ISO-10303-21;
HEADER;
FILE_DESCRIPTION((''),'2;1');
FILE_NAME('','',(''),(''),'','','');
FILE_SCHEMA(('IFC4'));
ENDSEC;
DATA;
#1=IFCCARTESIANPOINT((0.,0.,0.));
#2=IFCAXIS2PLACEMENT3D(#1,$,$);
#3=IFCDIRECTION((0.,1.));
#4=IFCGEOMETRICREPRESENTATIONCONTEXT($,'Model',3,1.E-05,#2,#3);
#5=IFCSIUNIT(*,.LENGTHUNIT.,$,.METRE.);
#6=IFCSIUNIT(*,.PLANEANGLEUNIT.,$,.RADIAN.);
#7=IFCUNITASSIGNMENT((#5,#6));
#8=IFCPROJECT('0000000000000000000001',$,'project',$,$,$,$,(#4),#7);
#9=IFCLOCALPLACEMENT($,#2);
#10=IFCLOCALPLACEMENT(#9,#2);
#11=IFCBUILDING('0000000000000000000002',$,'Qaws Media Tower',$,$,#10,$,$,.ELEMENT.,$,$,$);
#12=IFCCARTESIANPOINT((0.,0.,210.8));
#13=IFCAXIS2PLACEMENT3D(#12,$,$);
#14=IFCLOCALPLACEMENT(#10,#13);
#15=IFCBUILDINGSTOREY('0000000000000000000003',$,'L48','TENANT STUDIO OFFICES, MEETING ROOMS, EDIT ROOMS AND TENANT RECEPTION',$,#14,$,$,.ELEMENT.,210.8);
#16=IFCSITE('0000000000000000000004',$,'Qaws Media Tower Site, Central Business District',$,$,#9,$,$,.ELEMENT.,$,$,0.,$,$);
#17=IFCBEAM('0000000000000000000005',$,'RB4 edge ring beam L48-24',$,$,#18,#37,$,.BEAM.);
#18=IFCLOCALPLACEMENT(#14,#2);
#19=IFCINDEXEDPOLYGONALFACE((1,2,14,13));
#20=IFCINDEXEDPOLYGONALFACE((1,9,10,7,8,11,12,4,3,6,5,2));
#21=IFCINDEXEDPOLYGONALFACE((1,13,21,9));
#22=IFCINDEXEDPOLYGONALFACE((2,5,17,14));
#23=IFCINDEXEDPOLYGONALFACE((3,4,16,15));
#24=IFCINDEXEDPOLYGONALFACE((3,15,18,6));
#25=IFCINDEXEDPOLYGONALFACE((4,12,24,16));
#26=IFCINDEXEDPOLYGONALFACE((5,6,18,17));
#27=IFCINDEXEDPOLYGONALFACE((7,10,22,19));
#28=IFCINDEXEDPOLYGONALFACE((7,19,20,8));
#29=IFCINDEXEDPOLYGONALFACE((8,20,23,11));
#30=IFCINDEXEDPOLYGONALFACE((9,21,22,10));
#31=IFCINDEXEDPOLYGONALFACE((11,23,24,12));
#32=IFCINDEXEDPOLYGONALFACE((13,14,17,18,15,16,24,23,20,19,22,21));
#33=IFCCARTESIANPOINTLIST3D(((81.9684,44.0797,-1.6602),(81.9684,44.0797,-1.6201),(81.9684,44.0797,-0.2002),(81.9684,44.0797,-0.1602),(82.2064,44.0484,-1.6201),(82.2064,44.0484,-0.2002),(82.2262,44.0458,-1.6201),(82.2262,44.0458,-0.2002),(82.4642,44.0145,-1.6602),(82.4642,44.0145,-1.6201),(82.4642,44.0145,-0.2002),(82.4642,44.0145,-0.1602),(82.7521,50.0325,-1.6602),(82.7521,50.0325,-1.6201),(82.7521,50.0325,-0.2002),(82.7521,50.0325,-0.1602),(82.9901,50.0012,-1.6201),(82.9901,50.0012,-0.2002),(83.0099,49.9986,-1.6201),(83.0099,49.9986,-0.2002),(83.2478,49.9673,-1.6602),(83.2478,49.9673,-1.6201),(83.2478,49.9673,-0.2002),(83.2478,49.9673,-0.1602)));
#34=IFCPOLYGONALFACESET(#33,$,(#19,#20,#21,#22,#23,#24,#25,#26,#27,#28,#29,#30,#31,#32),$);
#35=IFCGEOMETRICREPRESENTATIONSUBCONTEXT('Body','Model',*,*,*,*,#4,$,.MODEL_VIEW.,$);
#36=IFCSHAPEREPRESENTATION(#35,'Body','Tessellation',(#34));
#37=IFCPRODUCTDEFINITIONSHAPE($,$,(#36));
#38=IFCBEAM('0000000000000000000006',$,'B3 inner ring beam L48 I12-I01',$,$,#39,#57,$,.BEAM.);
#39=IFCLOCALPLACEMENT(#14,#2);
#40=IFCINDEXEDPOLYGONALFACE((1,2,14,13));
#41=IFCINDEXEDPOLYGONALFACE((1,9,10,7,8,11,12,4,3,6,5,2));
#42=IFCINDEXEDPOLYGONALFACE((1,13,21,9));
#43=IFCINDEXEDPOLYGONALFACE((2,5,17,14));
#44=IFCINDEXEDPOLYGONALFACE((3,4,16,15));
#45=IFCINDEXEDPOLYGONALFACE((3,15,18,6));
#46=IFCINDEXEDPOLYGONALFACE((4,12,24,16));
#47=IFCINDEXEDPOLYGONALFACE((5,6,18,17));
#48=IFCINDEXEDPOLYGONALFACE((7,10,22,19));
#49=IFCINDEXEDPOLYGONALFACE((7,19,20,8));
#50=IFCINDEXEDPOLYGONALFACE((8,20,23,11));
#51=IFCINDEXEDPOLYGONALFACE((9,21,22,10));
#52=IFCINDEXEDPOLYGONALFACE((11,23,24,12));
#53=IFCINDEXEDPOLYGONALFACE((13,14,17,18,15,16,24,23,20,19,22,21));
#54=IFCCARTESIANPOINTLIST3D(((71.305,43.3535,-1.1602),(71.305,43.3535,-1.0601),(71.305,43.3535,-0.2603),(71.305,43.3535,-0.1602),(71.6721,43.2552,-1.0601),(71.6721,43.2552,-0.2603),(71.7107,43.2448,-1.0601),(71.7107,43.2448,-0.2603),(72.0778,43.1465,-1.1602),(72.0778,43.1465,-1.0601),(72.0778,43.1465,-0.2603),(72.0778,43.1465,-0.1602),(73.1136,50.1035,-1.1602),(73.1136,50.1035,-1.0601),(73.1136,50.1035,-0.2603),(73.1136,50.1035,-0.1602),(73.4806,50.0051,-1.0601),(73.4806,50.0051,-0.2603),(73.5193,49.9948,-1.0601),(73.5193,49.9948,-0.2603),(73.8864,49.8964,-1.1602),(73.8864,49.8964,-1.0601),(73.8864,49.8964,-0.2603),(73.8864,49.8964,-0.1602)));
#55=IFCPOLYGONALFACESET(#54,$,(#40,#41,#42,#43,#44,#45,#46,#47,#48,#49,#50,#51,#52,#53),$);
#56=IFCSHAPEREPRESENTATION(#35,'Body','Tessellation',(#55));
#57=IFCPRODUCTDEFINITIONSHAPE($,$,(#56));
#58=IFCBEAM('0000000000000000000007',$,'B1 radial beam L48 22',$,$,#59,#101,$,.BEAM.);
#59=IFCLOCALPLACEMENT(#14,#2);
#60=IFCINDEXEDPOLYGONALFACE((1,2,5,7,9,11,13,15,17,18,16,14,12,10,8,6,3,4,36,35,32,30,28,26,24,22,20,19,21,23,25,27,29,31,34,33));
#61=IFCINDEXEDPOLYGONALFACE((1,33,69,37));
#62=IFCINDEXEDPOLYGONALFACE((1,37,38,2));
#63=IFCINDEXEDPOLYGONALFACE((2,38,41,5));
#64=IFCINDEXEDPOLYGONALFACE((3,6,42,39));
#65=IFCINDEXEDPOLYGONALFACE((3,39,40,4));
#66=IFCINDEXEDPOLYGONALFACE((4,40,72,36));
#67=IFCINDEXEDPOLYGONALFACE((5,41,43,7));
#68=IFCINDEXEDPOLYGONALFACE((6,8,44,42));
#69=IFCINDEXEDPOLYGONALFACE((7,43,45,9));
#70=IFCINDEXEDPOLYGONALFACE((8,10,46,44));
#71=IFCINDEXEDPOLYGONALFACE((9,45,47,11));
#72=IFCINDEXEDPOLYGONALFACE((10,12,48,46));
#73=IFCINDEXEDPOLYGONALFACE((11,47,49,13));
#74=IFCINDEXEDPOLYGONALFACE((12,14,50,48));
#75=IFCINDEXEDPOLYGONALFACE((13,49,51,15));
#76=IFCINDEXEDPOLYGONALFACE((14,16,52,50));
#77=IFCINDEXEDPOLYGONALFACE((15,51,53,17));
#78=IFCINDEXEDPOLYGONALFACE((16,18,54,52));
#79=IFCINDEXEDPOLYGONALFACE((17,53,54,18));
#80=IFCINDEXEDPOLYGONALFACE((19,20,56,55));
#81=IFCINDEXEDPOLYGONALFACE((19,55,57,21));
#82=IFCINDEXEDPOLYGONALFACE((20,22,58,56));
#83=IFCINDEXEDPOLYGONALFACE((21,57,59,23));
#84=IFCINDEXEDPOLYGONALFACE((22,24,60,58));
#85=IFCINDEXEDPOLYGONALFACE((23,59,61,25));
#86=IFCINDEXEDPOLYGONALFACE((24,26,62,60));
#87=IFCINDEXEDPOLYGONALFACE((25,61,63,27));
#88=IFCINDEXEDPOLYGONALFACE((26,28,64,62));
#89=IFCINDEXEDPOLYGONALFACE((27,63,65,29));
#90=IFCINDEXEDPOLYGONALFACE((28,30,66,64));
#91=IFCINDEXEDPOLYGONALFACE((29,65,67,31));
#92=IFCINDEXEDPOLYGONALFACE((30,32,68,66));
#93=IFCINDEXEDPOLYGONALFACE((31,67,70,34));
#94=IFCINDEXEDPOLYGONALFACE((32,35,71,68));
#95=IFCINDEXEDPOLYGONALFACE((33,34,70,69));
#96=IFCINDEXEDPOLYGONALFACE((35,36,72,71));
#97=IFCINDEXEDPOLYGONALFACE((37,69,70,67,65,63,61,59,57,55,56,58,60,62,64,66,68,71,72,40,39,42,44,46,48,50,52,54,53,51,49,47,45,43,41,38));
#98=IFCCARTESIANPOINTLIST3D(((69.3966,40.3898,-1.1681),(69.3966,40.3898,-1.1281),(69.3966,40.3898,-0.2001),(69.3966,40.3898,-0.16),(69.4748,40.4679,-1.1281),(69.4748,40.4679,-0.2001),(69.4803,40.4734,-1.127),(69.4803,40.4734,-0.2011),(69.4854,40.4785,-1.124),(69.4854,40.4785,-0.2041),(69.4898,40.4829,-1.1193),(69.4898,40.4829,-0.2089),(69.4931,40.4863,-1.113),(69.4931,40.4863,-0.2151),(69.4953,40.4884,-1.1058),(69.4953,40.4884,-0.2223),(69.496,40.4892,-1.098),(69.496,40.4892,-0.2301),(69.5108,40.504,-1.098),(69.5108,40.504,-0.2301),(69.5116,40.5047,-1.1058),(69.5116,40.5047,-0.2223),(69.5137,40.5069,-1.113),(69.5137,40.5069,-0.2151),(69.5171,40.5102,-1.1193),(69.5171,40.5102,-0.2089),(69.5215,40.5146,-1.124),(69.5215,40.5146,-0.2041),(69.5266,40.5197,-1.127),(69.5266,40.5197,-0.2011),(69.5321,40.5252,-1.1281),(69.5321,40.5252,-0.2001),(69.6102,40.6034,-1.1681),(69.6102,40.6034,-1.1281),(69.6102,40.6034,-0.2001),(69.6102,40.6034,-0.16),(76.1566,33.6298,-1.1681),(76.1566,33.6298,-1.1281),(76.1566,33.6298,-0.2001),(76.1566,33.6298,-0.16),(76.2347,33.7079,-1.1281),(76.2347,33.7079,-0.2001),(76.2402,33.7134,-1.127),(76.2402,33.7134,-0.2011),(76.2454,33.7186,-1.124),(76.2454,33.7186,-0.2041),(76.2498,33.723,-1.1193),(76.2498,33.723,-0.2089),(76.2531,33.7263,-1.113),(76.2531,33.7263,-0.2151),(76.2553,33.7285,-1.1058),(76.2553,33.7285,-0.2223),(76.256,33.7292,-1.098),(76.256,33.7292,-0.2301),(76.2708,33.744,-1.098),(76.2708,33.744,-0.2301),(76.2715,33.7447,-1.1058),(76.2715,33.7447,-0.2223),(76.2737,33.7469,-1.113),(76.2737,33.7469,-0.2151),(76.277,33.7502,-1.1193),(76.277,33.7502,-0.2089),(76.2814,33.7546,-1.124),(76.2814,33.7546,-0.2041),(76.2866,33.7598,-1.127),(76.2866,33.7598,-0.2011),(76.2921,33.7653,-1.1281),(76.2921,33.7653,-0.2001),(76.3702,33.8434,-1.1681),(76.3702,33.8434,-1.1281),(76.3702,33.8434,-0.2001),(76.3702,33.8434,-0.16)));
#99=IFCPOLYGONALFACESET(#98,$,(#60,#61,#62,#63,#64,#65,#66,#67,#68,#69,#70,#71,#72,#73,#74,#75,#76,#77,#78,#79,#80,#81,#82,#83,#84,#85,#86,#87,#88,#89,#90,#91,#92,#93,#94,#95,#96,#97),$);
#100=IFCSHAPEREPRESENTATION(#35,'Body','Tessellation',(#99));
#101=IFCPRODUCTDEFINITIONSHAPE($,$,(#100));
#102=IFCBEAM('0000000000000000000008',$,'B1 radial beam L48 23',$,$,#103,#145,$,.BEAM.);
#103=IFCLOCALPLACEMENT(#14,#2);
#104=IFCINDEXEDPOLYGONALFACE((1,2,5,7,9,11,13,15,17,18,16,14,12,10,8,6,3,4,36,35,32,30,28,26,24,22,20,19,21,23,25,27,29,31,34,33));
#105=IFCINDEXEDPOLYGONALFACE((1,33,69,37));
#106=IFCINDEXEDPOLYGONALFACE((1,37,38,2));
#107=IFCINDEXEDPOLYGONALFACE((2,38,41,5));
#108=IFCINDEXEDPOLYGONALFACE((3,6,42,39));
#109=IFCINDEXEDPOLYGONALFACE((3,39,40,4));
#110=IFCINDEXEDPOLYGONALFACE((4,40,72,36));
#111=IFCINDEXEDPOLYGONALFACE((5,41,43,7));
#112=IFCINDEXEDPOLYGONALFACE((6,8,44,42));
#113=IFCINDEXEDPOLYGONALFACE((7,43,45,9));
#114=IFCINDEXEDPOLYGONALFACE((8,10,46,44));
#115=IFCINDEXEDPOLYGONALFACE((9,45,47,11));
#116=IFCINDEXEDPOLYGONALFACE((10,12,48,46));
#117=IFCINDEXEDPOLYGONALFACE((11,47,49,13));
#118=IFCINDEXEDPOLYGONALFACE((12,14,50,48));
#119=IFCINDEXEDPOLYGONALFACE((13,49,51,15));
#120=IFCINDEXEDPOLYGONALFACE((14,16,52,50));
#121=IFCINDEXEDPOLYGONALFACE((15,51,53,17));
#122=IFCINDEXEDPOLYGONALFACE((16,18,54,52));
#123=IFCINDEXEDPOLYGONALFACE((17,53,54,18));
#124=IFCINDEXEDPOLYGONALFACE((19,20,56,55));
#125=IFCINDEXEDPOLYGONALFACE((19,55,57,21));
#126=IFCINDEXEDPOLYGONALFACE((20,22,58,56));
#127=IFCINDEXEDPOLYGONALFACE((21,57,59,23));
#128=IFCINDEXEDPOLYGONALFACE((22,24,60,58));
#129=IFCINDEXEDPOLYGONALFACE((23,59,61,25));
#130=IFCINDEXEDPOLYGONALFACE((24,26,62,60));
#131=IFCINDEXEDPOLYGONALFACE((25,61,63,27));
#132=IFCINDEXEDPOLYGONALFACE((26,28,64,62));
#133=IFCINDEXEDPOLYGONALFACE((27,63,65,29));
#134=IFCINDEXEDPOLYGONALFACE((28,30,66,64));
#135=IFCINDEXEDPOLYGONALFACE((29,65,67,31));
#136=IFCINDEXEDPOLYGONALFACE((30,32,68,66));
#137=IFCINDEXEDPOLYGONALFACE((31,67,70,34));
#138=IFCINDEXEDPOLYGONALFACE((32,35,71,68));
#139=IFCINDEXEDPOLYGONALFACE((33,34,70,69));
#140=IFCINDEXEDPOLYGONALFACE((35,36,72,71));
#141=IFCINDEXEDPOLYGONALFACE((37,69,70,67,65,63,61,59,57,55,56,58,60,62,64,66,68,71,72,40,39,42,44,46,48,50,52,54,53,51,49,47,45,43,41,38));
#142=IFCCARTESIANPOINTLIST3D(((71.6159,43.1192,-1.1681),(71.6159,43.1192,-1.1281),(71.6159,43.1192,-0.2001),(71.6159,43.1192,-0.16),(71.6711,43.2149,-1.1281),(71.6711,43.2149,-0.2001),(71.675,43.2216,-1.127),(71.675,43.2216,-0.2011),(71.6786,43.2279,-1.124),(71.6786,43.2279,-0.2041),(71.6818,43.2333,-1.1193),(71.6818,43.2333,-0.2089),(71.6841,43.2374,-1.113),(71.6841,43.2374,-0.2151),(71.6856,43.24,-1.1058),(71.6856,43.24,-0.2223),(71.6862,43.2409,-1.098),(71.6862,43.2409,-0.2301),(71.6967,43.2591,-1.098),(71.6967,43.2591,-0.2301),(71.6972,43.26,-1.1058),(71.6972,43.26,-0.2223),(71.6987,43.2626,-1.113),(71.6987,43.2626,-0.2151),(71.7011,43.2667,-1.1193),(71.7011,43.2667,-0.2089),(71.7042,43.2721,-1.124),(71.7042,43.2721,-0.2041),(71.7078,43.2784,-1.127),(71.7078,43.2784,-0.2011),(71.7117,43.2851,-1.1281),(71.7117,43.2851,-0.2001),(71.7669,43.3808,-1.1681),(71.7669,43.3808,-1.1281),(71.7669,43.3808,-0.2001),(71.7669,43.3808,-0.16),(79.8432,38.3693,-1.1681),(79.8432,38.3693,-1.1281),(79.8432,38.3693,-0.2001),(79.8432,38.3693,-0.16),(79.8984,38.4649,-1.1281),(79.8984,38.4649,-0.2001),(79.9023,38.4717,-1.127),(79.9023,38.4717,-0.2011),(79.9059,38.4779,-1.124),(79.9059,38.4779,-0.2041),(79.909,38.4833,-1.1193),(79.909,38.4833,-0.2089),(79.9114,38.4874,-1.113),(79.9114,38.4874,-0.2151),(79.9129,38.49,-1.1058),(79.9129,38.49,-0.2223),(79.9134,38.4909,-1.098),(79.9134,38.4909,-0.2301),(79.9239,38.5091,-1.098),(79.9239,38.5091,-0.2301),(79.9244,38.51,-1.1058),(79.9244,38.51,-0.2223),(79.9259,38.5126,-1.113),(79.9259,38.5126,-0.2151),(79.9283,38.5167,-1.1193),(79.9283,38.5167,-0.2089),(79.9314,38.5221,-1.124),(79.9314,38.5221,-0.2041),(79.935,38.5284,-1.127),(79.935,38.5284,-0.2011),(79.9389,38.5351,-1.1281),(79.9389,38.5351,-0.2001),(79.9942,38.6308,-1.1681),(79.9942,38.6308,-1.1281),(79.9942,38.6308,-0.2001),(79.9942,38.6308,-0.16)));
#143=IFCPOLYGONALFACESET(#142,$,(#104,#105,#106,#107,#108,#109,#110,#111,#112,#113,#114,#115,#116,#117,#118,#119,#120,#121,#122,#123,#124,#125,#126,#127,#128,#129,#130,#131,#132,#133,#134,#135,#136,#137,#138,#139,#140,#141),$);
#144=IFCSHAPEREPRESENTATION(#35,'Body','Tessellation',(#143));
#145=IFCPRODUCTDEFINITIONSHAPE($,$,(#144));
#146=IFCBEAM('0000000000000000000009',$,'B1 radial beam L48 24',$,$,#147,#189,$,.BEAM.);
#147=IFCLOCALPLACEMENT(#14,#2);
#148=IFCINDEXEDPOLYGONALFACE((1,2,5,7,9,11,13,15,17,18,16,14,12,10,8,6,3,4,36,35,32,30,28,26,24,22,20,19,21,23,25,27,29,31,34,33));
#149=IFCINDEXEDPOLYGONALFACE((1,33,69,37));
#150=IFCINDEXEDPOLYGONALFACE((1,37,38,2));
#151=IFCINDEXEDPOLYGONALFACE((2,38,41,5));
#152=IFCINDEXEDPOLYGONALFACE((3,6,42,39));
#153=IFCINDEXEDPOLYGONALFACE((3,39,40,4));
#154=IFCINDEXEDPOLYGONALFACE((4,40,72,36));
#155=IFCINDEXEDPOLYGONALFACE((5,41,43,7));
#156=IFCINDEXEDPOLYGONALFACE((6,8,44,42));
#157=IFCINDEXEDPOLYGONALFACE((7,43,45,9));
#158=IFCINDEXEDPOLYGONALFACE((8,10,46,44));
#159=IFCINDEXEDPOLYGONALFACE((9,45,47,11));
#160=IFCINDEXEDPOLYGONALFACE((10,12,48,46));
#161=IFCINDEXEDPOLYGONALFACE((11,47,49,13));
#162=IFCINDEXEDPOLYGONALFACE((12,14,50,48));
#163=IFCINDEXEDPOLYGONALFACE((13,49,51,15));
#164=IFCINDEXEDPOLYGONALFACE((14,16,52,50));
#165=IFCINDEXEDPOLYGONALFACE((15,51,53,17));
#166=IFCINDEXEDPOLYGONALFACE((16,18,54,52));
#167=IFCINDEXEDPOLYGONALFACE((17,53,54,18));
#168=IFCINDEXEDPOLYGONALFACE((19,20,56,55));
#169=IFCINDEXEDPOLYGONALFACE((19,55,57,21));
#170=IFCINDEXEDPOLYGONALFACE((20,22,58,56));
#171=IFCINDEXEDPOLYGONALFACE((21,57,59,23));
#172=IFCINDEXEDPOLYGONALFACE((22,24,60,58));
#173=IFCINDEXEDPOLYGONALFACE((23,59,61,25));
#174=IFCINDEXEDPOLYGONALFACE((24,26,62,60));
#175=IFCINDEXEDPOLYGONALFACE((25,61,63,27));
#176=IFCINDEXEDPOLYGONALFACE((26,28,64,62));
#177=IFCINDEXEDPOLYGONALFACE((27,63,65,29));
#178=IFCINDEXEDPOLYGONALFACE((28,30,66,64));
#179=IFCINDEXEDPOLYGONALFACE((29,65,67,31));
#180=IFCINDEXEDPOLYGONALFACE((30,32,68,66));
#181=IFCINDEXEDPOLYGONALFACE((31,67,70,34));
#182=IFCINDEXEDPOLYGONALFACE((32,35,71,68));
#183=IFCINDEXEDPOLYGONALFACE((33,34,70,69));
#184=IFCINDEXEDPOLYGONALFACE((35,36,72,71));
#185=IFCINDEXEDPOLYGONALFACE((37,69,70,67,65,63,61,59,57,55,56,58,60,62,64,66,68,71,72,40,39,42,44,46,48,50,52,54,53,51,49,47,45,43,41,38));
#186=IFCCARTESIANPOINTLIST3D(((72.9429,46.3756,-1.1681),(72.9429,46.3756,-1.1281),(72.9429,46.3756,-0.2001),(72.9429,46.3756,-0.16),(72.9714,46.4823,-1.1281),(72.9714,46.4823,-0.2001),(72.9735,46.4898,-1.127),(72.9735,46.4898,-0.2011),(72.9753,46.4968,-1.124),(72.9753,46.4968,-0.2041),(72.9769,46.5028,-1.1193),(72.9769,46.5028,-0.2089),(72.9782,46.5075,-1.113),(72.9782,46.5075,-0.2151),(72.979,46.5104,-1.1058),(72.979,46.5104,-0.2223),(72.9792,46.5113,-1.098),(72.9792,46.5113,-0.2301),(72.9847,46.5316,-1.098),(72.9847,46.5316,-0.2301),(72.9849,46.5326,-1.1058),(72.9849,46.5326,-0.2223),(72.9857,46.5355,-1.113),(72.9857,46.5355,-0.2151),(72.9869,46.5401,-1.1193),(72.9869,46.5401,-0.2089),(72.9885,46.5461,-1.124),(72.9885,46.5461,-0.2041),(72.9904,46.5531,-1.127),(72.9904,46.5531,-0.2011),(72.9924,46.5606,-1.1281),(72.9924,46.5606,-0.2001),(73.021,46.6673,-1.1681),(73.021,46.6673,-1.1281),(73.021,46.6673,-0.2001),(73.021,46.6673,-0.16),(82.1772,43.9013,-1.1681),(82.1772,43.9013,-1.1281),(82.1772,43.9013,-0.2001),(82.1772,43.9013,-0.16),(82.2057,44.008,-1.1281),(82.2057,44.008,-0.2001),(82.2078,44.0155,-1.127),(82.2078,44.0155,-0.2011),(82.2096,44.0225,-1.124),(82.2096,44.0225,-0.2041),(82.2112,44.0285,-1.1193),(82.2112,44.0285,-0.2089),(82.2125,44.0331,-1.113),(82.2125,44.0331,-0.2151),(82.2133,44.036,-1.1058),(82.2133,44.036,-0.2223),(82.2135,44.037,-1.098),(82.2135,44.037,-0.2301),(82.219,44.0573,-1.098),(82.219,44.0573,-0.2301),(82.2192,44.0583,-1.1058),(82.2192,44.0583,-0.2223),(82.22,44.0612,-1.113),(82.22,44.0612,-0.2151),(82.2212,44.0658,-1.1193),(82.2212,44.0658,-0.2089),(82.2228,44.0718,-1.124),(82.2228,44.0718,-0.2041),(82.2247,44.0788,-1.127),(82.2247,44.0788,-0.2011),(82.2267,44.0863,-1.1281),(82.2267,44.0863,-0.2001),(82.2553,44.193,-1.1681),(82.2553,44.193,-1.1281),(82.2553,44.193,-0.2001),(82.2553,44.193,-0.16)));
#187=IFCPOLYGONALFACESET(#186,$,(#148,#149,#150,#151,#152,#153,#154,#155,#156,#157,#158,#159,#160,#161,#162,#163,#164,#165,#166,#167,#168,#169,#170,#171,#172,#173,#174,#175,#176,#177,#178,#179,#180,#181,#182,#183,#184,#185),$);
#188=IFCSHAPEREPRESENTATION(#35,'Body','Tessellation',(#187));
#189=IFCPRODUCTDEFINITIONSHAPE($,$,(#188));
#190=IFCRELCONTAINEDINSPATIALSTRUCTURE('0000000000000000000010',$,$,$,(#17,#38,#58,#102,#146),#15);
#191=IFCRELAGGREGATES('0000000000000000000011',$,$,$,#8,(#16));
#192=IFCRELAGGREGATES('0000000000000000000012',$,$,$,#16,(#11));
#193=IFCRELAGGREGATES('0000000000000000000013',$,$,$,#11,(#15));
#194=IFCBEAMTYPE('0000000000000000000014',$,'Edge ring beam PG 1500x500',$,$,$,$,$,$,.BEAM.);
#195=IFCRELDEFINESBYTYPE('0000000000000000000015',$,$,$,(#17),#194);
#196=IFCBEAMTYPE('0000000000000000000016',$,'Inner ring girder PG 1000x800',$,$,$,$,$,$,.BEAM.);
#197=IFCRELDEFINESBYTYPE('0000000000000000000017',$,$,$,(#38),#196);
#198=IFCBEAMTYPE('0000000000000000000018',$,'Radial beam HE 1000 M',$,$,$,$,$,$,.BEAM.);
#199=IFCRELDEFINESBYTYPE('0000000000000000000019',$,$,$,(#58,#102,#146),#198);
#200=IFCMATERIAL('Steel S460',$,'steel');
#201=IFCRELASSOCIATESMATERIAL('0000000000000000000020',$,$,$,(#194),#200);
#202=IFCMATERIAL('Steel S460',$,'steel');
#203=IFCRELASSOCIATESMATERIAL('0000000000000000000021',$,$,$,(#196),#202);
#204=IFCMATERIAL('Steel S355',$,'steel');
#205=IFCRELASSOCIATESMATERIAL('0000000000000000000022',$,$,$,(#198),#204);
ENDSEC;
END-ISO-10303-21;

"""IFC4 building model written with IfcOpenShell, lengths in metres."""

from ifc_helpers import new_model, si_unit, direction, frame, origin, origin_2d, place, context, subcontext, project, spatial, i_section, extrude, material, material_profile, profile_set, type_object, element, save


model = new_model("IFC4")

# Units and contexts
model_context = context("Model", 3, precision=1e-05, world=origin(), true_north=direction((0.0, 1.0)))
body_context = subcontext(model_context, "Body", "Model", "MODEL_VIEW")
ifc_project = project(units=[si_unit("LENGTHUNIT", "METRE"), si_unit("PLANEANGLEUNIT", "RADIAN")], contexts=[model_context])

# Site, building, storey
site_placement = place(None, origin())
site = spatial("IfcSite", under=ifc_project, at=site_placement, Name="Qaws Media Tower Site, Central Business District", CompositionType="ELEMENT", RefElevation=0.0)
building_placement = place(site_placement, origin())
building = spatial("IfcBuilding", under=site, at=building_placement, Name="Qaws Media Tower", CompositionType="ELEMENT")
storey_placement = place(building_placement, frame((0.0, 0.0, 210.8)))
storey = spatial("IfcBuildingStorey", under=building, at=storey_placement, Name="L48", Description="TENANT STUDIO OFFICES, MEETING ROOMS, EDIT ROOMS AND TENANT RECEPTION", CompositionType="ELEMENT", Elevation=210.8)

# Beams
ifc_material_1 = material(Name="Steel S460", Category="steel")
ifc_material_profile_1 = material_profile(ifc_material_1, i_section(OverallWidth=0.5, OverallDepth=1.5, WebThickness=0.02, FlangeThickness=0.04, at=origin_2d()), Name="PG 1500x500")
ifc_profile_set_1 = profile_set([ifc_material_profile_1], Name="Steel S460")
beam_type_1 = type_object("IfcBeamType", Name="Edge ring beam PG 1500x500", PredefinedType="BEAM", material=ifc_profile_set_1)
beam_1_placement = place(storey_placement, frame((82.2163, 44.0471, -0.9102), z_axis=(0.130523, 0.991445, 0.0), x_axis=(-0.991445, 0.130523, 0.0)))
element("IfcBeam", 1, at=beam_1_placement, inside=storey, type_object=beam_type_1, Name="RB4 edge ring beam L48-24", PredefinedType="BEAM", context=body_context, shape_type="SweptSolid", body=[
    extrude(i_section(OverallWidth=0.5, OverallDepth=1.5, WebThickness=0.02, FlangeThickness=0.04, at=origin_2d()), origin(), (0.0, 0.0, 1.0), 6.0042),
])
ifc_material_2 = material(Name="Steel S460", Category="steel")
ifc_material_profile_2 = material_profile(ifc_material_2, i_section(OverallWidth=0.8, OverallDepth=1.0, WebThickness=0.04, FlangeThickness=0.1001, at=origin_2d()), Name="PG 1000x800")
ifc_profile_set_2 = profile_set([ifc_material_profile_2], Name="Steel S460")
beam_type_2 = type_object("IfcBeamType", Name="Inner ring girder PG 1000x800", PredefinedType="BEAM", material=ifc_profile_set_2)
beam_2_placement = place(storey_placement, frame((71.6914, 43.25, -0.6602), z_axis=(0.258811, 0.965928, 0.0), x_axis=(-0.965928, 0.258811, 0.0)))
element("IfcBeam", 2, at=beam_2_placement, inside=storey, type_object=beam_type_2, Name="B3 inner ring beam L48 I12-I01", PredefinedType="BEAM", context=body_context, shape_type="SweptSolid", body=[
    extrude(i_section(OverallWidth=0.8, OverallDepth=1.0, WebThickness=0.04, FlangeThickness=0.1001, at=origin_2d()), origin(), (0.0, 0.0, 1.0), 6.988),
])
ifc_material_3 = material(Name="Steel S355", Category="steel")
ifc_material_profile_3 = material_profile(ifc_material_3, i_section(OverallWidth=0.302, OverallDepth=1.0081, WebThickness=0.021, FlangeThickness=0.04, FilletRadius=0.03, at=origin_2d()), Name="HE 1000 M")
ifc_profile_set_3 = profile_set([ifc_material_profile_3], Name="Steel S355")
beam_type_3 = type_object("IfcBeamType", Name="Radial beam HE 1000 M", PredefinedType="BEAM", material=ifc_profile_set_3)
beam_3_placement = place(storey_placement, frame((69.5034, 40.4966, -0.6641), z_axis=(0.707107, -0.707107, 0.0), x_axis=(0.707107, 0.707107, 0.0)))
element("IfcBeam", 3, at=beam_3_placement, inside=storey, type_object=beam_type_3, Name="B1 radial beam L48 22", PredefinedType="BEAM", context=body_context, shape_type="SweptSolid", body=[
    extrude(i_section(OverallWidth=0.302, OverallDepth=1.0081, WebThickness=0.021, FlangeThickness=0.04, FilletRadius=0.03, at=origin_2d()), origin(), (0.0, 0.0, 1.0), 9.5601),
])
beam_4_placement = place(storey_placement, frame((71.6914, 43.25, -0.6641), z_axis=(0.866027, -0.499998, 0.0), x_axis=(0.499998, 0.866027, 0.0)))
element("IfcBeam", 4, at=beam_4_placement, inside=storey, type_object=beam_type_3, Name="B1 radial beam L48 23", PredefinedType="BEAM", context=body_context, shape_type="SweptSolid", body=[
    extrude(i_section(OverallWidth=0.302, OverallDepth=1.0081, WebThickness=0.021, FlangeThickness=0.04, FilletRadius=0.03, at=origin_2d()), origin(), (0.0, 0.0, 1.0), 9.5),
])
beam_5_placement = place(storey_placement, frame((72.9819, 46.5215, -0.6641), z_axis=(0.965925, -0.258821, 0.0), x_axis=(0.258821, 0.965925, 0.0)))
element("IfcBeam", 5, at=beam_5_placement, inside=storey, type_object=beam_type_3, Name="B1 radial beam L48 24", PredefinedType="BEAM", context=body_context, shape_type="SweptSolid", body=[
    extrude(i_section(OverallWidth=0.302, OverallDepth=1.0081, WebThickness=0.021, FlangeThickness=0.04, FilletRadius=0.03, at=origin_2d()), origin(), (0.0, 0.0, 1.0), 9.5601),
])

save(model, "model.ifc")
